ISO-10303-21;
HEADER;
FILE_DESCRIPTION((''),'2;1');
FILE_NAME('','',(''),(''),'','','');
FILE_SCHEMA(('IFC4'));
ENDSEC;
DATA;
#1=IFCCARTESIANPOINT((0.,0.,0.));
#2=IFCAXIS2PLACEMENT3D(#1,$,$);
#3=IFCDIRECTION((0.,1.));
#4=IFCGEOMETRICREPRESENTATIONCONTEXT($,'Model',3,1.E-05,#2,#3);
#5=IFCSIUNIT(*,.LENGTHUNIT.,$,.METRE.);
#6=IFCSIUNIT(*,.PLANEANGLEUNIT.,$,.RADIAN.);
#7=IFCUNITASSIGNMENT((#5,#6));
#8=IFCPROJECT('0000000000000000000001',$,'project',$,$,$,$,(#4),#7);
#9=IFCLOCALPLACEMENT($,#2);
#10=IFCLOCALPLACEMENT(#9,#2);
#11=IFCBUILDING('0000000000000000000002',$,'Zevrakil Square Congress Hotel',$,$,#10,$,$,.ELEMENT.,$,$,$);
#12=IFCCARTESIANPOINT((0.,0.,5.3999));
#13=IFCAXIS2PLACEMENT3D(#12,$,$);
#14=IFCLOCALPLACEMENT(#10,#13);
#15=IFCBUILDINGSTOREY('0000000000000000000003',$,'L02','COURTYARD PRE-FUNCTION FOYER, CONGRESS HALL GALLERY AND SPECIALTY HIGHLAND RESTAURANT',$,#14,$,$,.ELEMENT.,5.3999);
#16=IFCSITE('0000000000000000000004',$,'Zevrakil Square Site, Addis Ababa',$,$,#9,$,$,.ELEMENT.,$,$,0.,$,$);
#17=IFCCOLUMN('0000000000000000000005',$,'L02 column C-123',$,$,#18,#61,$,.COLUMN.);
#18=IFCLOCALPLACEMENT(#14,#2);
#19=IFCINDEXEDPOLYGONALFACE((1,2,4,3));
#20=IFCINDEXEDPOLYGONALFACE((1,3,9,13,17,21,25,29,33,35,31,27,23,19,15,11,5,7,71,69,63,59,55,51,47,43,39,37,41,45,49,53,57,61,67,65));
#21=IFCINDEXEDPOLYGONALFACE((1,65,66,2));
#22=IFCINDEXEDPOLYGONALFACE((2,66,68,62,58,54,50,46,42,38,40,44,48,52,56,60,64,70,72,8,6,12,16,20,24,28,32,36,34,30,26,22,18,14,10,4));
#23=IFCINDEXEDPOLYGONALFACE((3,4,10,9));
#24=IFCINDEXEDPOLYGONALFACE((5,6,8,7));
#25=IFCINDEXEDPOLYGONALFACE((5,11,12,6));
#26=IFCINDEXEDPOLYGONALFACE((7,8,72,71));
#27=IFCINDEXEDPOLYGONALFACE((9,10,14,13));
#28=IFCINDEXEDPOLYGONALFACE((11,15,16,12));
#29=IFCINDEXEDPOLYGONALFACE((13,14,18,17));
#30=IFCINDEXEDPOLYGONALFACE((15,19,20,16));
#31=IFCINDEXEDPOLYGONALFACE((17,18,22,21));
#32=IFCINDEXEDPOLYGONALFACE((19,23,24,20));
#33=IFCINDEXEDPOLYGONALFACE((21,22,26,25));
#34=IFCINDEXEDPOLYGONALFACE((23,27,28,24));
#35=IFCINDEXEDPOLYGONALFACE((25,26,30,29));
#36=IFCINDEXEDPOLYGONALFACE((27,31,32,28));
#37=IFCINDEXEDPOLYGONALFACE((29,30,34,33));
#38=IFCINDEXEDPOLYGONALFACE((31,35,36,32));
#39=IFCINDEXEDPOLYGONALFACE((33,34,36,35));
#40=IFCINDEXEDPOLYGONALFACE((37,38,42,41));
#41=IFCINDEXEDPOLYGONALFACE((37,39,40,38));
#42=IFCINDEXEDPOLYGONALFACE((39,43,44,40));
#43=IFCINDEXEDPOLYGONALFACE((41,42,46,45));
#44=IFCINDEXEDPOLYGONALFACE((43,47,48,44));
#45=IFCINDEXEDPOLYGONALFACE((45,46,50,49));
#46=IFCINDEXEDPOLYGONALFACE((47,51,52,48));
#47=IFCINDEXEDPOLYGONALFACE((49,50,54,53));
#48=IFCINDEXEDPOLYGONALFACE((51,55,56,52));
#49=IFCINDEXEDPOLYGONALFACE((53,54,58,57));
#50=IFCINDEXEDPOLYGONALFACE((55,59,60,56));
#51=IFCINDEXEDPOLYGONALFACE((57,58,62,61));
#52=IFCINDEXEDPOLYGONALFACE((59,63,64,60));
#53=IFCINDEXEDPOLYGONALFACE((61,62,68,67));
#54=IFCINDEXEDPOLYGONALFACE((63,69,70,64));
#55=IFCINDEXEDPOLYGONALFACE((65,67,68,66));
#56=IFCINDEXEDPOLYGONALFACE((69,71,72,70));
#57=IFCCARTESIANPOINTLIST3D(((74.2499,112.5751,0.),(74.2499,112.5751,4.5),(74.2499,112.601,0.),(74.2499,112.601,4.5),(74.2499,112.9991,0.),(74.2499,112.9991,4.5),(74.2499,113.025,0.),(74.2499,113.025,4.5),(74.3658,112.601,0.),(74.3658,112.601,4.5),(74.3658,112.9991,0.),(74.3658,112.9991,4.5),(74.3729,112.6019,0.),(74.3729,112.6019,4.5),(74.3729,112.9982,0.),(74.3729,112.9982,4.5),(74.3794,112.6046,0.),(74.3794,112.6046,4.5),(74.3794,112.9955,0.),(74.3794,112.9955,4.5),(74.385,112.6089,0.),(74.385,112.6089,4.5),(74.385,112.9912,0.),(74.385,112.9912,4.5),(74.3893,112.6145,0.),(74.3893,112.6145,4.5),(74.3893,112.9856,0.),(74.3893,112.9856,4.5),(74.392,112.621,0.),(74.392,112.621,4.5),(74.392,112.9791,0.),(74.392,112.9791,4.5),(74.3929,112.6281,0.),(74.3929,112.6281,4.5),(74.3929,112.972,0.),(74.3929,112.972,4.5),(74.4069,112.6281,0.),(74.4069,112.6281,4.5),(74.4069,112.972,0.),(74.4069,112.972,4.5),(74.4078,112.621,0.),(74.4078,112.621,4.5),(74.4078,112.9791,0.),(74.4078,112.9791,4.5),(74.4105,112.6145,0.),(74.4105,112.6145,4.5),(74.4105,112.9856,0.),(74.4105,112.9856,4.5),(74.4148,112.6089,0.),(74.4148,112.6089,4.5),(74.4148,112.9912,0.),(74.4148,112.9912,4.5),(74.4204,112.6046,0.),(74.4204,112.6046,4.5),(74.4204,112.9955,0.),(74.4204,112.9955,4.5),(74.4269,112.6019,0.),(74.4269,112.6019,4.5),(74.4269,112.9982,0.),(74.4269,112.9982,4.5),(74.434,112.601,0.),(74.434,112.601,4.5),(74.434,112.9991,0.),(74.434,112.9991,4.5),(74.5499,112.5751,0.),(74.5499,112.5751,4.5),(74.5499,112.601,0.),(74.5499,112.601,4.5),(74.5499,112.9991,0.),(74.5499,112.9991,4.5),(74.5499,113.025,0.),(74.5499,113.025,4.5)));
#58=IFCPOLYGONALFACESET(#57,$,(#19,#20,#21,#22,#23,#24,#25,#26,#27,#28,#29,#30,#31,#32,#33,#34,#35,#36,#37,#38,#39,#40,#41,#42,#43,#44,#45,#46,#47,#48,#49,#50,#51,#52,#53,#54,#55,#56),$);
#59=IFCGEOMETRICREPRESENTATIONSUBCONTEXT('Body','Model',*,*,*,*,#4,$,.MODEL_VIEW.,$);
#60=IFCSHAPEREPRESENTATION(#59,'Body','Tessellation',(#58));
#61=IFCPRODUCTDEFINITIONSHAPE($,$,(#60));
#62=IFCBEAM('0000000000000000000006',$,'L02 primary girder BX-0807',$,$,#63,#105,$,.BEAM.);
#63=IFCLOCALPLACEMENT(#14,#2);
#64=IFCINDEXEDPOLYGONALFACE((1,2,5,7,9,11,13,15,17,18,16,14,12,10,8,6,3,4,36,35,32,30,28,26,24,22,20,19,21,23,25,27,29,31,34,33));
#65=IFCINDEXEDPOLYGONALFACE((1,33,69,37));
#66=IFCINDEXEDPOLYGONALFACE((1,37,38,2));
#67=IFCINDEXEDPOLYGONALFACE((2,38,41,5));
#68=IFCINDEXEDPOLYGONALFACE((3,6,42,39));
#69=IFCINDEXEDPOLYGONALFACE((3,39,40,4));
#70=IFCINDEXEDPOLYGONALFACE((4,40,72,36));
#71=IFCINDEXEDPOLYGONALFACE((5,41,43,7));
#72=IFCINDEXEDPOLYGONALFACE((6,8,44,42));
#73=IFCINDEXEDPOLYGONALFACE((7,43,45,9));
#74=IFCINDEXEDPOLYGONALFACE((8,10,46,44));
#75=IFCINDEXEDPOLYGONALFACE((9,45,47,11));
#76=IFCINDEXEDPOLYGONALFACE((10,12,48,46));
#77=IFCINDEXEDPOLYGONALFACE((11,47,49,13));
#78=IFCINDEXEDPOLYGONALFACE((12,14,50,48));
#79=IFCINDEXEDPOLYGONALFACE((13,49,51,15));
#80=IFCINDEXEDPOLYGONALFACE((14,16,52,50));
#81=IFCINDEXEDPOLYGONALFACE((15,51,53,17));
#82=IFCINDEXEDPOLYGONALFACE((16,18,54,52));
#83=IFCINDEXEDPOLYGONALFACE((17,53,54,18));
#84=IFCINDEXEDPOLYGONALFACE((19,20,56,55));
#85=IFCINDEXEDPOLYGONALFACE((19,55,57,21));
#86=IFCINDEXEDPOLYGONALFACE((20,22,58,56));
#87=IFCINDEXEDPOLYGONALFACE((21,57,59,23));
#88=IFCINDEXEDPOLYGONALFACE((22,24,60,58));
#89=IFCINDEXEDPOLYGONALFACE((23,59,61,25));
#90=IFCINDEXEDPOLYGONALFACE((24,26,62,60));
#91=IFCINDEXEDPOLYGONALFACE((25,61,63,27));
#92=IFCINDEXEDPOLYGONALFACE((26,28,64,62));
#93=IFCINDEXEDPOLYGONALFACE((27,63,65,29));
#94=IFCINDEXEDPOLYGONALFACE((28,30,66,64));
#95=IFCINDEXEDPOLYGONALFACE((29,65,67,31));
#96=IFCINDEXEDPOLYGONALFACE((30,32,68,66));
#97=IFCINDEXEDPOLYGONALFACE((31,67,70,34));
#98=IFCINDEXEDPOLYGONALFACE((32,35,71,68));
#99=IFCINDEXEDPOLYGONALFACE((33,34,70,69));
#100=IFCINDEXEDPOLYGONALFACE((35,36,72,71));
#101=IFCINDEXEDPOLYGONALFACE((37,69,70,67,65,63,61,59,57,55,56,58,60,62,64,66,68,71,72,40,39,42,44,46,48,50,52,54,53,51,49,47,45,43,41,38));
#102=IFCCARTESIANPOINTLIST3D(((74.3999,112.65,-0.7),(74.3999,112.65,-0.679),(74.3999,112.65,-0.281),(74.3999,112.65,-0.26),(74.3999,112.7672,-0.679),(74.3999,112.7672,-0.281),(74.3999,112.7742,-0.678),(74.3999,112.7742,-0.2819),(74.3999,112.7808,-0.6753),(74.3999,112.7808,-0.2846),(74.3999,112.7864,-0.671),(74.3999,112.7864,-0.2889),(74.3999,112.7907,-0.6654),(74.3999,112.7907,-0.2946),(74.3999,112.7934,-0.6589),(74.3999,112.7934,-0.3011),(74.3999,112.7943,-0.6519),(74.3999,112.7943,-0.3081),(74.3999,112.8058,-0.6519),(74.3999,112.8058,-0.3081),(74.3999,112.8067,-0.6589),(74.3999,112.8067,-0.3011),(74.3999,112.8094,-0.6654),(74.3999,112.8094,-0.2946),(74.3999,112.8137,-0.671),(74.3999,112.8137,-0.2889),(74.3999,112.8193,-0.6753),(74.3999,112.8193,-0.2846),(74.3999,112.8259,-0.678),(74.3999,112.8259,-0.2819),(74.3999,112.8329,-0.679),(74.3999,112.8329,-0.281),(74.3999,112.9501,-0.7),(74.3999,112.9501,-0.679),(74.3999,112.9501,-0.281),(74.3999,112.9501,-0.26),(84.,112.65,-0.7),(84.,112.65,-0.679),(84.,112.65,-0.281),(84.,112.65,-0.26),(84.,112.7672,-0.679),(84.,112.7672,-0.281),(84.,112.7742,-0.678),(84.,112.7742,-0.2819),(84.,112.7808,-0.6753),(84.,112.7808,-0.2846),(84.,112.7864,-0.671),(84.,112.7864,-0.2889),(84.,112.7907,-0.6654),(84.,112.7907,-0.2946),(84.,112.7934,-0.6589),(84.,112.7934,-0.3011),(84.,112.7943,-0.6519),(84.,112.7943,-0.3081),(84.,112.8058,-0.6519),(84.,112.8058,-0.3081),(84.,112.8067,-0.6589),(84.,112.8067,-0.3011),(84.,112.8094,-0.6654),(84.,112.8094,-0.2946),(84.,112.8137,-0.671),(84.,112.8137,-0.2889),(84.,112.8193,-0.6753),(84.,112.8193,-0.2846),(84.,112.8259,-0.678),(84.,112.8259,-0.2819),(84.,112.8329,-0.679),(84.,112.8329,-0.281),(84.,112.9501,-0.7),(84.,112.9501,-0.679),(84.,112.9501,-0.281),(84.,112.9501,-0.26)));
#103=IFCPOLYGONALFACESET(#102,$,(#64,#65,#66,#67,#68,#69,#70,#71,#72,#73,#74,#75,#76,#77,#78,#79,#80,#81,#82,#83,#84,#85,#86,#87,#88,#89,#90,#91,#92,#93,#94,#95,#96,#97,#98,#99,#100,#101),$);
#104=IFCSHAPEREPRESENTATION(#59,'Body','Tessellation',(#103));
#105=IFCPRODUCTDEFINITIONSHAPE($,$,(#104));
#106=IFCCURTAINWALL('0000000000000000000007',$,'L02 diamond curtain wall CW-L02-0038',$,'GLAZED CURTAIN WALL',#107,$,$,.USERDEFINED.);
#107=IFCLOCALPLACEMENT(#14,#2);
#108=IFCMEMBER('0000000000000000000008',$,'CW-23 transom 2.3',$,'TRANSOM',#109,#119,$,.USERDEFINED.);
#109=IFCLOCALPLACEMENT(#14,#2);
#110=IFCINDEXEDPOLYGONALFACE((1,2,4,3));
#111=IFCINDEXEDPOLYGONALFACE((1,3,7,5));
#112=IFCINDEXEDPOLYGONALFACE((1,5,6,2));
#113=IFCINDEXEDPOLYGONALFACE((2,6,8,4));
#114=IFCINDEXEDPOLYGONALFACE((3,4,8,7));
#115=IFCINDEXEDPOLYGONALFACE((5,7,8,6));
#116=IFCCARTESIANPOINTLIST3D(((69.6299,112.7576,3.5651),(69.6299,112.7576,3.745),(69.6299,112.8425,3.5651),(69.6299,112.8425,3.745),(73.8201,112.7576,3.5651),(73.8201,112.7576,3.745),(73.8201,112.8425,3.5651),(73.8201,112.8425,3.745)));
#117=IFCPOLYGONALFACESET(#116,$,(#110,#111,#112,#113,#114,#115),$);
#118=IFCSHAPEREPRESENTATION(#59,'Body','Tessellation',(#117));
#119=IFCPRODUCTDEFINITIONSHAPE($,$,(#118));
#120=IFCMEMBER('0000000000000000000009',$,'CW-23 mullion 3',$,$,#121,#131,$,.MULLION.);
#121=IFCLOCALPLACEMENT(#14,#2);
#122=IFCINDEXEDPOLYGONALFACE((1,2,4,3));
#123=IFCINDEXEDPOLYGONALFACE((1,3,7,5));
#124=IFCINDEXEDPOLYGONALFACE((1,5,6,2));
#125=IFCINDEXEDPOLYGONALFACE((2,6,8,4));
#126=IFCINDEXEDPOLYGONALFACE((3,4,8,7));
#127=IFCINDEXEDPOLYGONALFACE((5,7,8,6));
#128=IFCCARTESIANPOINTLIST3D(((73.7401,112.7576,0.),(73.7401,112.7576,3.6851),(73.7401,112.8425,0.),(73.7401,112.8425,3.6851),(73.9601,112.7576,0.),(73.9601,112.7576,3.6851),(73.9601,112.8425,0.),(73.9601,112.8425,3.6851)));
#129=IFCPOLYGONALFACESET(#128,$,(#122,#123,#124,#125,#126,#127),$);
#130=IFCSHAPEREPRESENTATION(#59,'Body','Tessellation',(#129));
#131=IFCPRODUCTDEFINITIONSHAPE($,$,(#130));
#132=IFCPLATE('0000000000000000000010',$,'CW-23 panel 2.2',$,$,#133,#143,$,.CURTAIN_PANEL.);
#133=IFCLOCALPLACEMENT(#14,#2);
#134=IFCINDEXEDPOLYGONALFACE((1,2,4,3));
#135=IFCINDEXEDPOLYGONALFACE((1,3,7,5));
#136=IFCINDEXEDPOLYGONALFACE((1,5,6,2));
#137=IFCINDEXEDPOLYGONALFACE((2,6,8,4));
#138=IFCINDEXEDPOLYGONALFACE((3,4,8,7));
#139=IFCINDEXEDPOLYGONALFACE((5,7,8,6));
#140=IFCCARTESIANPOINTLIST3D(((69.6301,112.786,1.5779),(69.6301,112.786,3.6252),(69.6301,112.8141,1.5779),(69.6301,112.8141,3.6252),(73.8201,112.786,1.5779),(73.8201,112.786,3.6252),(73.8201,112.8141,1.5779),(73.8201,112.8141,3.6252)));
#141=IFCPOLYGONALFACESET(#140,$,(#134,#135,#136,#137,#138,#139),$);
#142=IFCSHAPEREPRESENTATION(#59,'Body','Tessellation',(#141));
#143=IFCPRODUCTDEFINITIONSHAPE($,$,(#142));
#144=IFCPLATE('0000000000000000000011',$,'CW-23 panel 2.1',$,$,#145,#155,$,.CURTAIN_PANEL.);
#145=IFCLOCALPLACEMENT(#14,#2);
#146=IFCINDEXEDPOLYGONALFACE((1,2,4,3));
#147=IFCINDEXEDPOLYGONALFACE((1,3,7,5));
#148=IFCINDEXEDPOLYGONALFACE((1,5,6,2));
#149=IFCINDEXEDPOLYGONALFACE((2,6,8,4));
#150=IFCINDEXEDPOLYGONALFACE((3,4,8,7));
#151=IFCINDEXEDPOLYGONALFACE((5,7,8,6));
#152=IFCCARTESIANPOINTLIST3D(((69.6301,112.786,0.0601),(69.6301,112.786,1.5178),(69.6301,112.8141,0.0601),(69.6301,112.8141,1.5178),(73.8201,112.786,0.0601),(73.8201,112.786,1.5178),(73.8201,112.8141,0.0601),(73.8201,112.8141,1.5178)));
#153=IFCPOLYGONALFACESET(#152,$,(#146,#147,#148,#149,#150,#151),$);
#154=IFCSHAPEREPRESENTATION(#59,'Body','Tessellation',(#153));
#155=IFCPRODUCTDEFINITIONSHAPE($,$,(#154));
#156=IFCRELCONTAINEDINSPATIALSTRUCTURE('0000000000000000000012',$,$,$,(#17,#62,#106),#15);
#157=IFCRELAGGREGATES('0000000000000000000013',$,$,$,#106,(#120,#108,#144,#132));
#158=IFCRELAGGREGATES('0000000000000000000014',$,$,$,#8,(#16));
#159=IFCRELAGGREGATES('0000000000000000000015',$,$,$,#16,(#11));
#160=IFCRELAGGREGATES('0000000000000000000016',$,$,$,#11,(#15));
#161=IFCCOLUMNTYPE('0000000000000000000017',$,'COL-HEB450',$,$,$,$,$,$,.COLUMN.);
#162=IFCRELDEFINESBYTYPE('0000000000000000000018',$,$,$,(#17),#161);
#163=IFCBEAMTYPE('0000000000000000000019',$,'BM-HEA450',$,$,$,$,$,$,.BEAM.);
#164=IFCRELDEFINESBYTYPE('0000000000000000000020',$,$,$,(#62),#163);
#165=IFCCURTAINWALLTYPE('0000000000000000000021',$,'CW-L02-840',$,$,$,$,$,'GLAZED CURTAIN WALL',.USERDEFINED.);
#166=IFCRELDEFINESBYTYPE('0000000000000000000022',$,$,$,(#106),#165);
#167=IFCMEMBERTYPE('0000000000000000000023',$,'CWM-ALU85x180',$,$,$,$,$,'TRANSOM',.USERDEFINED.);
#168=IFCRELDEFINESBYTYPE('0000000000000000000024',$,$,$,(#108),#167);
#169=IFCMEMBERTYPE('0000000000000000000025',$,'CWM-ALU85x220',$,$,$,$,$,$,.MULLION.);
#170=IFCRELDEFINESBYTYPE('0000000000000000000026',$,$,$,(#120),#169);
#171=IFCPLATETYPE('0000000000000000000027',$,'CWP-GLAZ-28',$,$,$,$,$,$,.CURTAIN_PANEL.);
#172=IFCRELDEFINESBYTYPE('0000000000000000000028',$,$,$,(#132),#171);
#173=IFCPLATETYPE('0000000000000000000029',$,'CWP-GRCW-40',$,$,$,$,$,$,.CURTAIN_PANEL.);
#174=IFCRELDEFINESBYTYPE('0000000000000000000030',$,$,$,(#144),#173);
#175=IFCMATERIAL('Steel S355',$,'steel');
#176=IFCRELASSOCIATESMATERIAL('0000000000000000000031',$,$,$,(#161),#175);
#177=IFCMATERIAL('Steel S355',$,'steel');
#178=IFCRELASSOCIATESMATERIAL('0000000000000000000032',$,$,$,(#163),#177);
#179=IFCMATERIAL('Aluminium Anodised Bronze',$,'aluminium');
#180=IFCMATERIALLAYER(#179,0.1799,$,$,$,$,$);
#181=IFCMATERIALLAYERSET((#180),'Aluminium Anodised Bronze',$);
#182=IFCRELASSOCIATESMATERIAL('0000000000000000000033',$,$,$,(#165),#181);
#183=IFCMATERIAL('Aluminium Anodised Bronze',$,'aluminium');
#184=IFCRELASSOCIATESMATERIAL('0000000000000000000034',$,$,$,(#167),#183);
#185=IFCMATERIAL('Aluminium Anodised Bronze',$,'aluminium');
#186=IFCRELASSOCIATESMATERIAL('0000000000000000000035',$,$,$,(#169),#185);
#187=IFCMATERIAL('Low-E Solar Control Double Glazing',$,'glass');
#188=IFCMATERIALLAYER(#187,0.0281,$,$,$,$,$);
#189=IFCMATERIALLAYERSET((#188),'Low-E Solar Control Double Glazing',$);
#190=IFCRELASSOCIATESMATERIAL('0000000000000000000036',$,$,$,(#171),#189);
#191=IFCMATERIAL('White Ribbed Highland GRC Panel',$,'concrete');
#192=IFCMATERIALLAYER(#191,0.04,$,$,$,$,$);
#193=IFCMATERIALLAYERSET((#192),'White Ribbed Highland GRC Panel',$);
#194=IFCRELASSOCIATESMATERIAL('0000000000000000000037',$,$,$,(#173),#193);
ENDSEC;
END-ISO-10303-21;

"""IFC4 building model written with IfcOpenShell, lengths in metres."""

from ifc_helpers import new_model, si_unit, direction, frame, origin, origin_2d, place, context, subcontext, project, spatial, rectangle, i_section, extrude, material, layer, layer_set, material_profile, profile_set, type_object, element, aggregate, save


model = new_model("IFC4")

# Units and contexts
model_context = context("Model", 3, precision=1e-05, world=origin(), true_north=direction((0.0, 1.0)))
body_context = subcontext(model_context, "Body", "Model", "MODEL_VIEW")
ifc_project = project(units=[si_unit("LENGTHUNIT", "METRE"), si_unit("PLANEANGLEUNIT", "RADIAN")], contexts=[model_context])

# Site, building, storey
site_placement = place(None, origin())
site = spatial("IfcSite", under=ifc_project, at=site_placement, Name="Zevrakil Square Site, Addis Ababa", CompositionType="ELEMENT", RefElevation=0.0)
building_placement = place(site_placement, origin())
building = spatial("IfcBuilding", under=site, at=building_placement, Name="Zevrakil Square Congress Hotel", CompositionType="ELEMENT")
storey_placement = place(building_placement, frame((0.0, 0.0, 5.3999)))
storey = spatial("IfcBuildingStorey", under=building, at=storey_placement, Name="L02", Description="COURTYARD PRE-FUNCTION FOYER, CONGRESS HALL GALLERY AND SPECIALTY HIGHLAND RESTAURANT", CompositionType="ELEMENT", Elevation=5.3999)

# Column
ifc_material_1 = material(Name="Steel S355", Category="steel")
ifc_material_profile_1 = material_profile(ifc_material_1, i_section(OverallWidth=0.3, OverallDepth=0.45, WebThickness=0.0139, FlangeThickness=0.0259, FilletRadius=0.0271, at=origin_2d()), Name="HEB 450")
ifc_profile_set_1 = profile_set([ifc_material_profile_1], Name="Steel S355")
column_type = type_object("IfcColumnType", Name="COL-HEB450", PredefinedType="COLUMN", material=ifc_profile_set_1)
column_placement = place(storey_placement, frame((74.3999, 112.8, 0.0), z_axis=(0.0, 0.0, 1.0), x_axis=(1.0, 0.0, 0.0)))
element("IfcColumn", 1, at=column_placement, inside=storey, type_object=column_type, Name="L02 column C-123", PredefinedType="COLUMN", context=body_context, shape_type="SweptSolid", body=[
    extrude(i_section(OverallWidth=0.3, OverallDepth=0.45, WebThickness=0.0139, FlangeThickness=0.0259, FilletRadius=0.0271, at=origin_2d()), origin(), (0.0, 0.0, 1.0), 4.5),
])

# Beam
ifc_material_2 = material(Name="Steel S355", Category="steel")
ifc_material_profile_2 = material_profile(ifc_material_2, i_section(OverallWidth=0.3, OverallDepth=0.4399, WebThickness=0.0115, FlangeThickness=0.021, FilletRadius=0.0271, at=origin_2d()), Name="HEA 450")
ifc_profile_set_2 = profile_set([ifc_material_profile_2], Name="Steel S355")
beam_type = type_object("IfcBeamType", Name="BM-HEA450", PredefinedType="BEAM", material=ifc_profile_set_2)
beam_placement = place(storey_placement, frame((74.3999, 112.8, -0.48), z_axis=(1.0, 0.0, 0.0), x_axis=(0.0, 1.0, 0.0)))
element("IfcBeam", 2, at=beam_placement, inside=storey, type_object=beam_type, Name="L02 primary girder BX-0807", PredefinedType="BEAM", context=body_context, shape_type="SweptSolid", body=[
    extrude(i_section(OverallWidth=0.3, OverallDepth=0.4399, WebThickness=0.0115, FlangeThickness=0.021, FilletRadius=0.0271, at=origin_2d()), origin(), (0.0, 0.0, 1.0), 9.6001),
])

# Curtain wall, members, plates
ifc_material_3 = material(Name="Aluminium Anodised Bronze", Category="aluminium")
ifc_layer_1 = layer(ifc_material_3, 0.1799)
ifc_layer_set_1 = layer_set([ifc_layer_1], Name="Aluminium Anodised Bronze")
curtain_wall_type = type_object("IfcCurtainWallType", Name="CW-L02-840", ElementType="GLAZED CURTAIN WALL", PredefinedType="USERDEFINED", material=ifc_layer_set_1)
curtain_wall_placement = place(storey_placement, origin())
curtain_wall = element("IfcCurtainWall", 3, at=curtain_wall_placement, inside=storey, type_object=curtain_wall_type, Name="L02 diamond curtain wall CW-L02-0038", ObjectType="GLAZED CURTAIN WALL", PredefinedType="USERDEFINED")
ifc_material_4 = material(Name="Aluminium Anodised Bronze", Category="aluminium")
ifc_material_profile_3 = material_profile(ifc_material_4, rectangle(XDim=0.085, YDim=0.1799, at=origin_2d()), Name="ALU 85x180")
ifc_profile_set_3 = profile_set([ifc_material_profile_3], Name="Aluminium Anodised Bronze")
member_type_1 = type_object("IfcMemberType", Name="CWM-ALU85x180", ElementType="TRANSOM", PredefinedType="USERDEFINED", material=ifc_profile_set_3)
member_1_placement = place(storey_placement, frame((69.6299, 112.8, 3.655), z_axis=(1.0, 0.0, 0.0), x_axis=(0.0, 1.0, 0.0)))
member_1 = element("IfcMember", 4, at=member_1_placement, type_object=member_type_1, Name="CW-23 transom 2.3", ObjectType="TRANSOM", PredefinedType="USERDEFINED", context=body_context, shape_type="SweptSolid", body=[
    extrude(rectangle(XDim=0.085, YDim=0.1799, at=origin_2d()), origin(), (0.0, 0.0, 1.0), 4.1902),
])
ifc_material_5 = material(Name="Aluminium Anodised Bronze", Category="aluminium")
ifc_material_profile_4 = material_profile(ifc_material_5, rectangle(XDim=0.085, YDim=0.22, at=origin_2d()), Name="ALU 85x220")
ifc_profile_set_4 = profile_set([ifc_material_profile_4], Name="Aluminium Anodised Bronze")
member_type_2 = type_object("IfcMemberType", Name="CWM-ALU85x220", PredefinedType="MULLION", material=ifc_profile_set_4)
member_2_placement = place(storey_placement, frame((73.8501, 112.8, 0.0), z_axis=(0.0, 0.0, 1.0), x_axis=(0.0, 1.0, 0.0)))
member_2 = element("IfcMember", 5, at=member_2_placement, type_object=member_type_2, Name="CW-23 mullion 3", PredefinedType="MULLION", context=body_context, shape_type="SweptSolid", body=[
    extrude(rectangle(XDim=0.085, YDim=0.22, at=origin_2d()), origin(), (0.0, 0.0, 1.0), 3.6851),
])
ifc_material_6 = material(Name="Low-E Solar Control Double Glazing", Category="glass")
ifc_layer_2 = layer(ifc_material_6, 0.0281)
ifc_layer_set_2 = layer_set([ifc_layer_2], Name="Low-E Solar Control Double Glazing")
plate_type_1 = type_object("IfcPlateType", Name="CWP-GLAZ-28", PredefinedType="CURTAIN_PANEL", material=ifc_layer_set_2)
plate_1_placement = place(storey_placement, frame((71.7251, 112.8, 1.5779), z_axis=(0.0, 0.0, 1.0), x_axis=(1.0, 0.0, 0.0)))
plate_1 = element("IfcPlate", 6, at=plate_1_placement, type_object=plate_type_1, Name="CW-23 panel 2.2", PredefinedType="CURTAIN_PANEL", context=body_context, shape_type="SweptSolid", body=[
    extrude(rectangle(XDim=4.1899, YDim=0.0281, at=origin_2d()), origin(), (0.0, 0.0, 1.0), 2.0474),
])
ifc_material_7 = material(Name="White Ribbed Highland GRC Panel", Category="concrete")
ifc_layer_3 = layer(ifc_material_7, 0.04)
ifc_layer_set_3 = layer_set([ifc_layer_3], Name="White Ribbed Highland GRC Panel")
plate_type_2 = type_object("IfcPlateType", Name="CWP-GRCW-40", PredefinedType="CURTAIN_PANEL", material=ifc_layer_set_3)
plate_2_placement = place(storey_placement, frame((71.7251, 112.8, 0.0601), z_axis=(0.0, 0.0, 1.0), x_axis=(1.0, 0.0, 0.0)))
plate_2 = element("IfcPlate", 7, at=plate_2_placement, type_object=plate_type_2, Name="CW-23 panel 2.1", PredefinedType="CURTAIN_PANEL", context=body_context, shape_type="SweptSolid", body=[
    extrude(rectangle(XDim=4.1899, YDim=0.0281, at=origin_2d()), origin(), (0.0, 0.0, 1.0), 1.4578),
])
aggregate(curtain_wall, [member_2, member_1, plate_2, plate_1])

save(model, "model.ifc")
